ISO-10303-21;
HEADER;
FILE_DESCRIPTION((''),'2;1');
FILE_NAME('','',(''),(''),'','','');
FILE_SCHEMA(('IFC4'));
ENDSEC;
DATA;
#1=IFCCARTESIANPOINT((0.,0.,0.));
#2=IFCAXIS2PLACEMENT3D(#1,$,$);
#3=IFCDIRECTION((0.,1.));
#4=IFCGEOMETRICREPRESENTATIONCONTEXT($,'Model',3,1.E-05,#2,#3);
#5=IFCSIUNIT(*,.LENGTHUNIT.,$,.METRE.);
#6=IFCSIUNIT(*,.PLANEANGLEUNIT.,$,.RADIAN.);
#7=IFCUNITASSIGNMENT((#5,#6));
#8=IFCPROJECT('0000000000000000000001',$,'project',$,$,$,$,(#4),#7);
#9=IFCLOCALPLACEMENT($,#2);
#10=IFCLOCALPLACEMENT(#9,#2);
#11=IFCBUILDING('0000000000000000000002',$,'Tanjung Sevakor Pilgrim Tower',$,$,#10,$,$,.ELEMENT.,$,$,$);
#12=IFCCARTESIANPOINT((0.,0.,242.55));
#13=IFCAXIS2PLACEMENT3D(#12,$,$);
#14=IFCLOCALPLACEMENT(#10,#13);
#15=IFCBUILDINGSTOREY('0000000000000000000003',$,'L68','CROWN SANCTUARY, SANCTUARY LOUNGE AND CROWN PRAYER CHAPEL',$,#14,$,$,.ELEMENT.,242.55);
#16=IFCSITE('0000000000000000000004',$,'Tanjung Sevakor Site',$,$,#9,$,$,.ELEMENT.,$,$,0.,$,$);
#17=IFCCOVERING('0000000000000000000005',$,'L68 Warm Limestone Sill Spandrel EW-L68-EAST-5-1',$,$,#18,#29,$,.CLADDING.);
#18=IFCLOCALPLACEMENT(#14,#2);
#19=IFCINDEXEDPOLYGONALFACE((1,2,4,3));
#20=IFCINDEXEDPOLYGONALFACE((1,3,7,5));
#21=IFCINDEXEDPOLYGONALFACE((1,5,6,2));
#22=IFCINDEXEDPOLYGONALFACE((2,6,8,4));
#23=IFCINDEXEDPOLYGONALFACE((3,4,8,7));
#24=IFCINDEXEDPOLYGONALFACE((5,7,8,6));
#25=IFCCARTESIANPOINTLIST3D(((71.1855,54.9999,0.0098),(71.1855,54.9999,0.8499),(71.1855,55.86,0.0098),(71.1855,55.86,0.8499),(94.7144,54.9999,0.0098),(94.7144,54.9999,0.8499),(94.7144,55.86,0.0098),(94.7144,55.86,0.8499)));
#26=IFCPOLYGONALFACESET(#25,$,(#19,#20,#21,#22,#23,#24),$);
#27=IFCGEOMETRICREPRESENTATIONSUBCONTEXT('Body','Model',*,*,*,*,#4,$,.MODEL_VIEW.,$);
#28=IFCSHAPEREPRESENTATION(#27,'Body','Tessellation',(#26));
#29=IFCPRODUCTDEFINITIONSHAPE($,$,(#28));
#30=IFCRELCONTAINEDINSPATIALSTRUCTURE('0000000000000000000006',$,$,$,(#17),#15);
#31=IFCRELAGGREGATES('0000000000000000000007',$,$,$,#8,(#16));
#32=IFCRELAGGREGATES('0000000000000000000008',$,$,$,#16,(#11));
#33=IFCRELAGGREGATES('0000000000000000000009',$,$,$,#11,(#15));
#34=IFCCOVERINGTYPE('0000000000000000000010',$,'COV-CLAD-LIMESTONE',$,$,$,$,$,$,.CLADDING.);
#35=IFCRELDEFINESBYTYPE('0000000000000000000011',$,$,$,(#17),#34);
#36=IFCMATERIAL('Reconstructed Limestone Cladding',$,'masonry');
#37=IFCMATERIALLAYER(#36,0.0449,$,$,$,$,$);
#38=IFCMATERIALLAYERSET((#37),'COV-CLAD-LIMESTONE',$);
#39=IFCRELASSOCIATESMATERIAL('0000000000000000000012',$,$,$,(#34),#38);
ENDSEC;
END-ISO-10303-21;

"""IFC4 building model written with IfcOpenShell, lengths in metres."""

from ifc_helpers import new_model, si_unit, direction, frame, origin, origin_2d, place, context, subcontext, project, spatial, rectangle, extrude, material, layer, layer_set, type_object, element, save


model = new_model("IFC4")

# Units and contexts
model_context = context("Model", 3, precision=1e-05, world=origin(), true_north=direction((0.0, 1.0)))
body_context = subcontext(model_context, "Body", "Model", "MODEL_VIEW")
ifc_project = project(units=[si_unit("LENGTHUNIT", "METRE"), si_unit("PLANEANGLEUNIT", "RADIAN")], contexts=[model_context])

# Site, building, storey
site_placement = place(None, origin())
site = spatial("IfcSite", under=ifc_project, at=site_placement, Name="Tanjung Sevakor Site", CompositionType="ELEMENT", RefElevation=0.0)
building_placement = place(site_placement, origin())
building = spatial("IfcBuilding", under=site, at=building_placement, Name="Tanjung Sevakor Pilgrim Tower", CompositionType="ELEMENT")
storey_placement = place(building_placement, frame((0.0, 0.0, 242.55)))
storey = spatial("IfcBuildingStorey", under=building, at=storey_placement, Name="L68", Description="CROWN SANCTUARY, SANCTUARY LOUNGE AND CROWN PRAYER CHAPEL", CompositionType="ELEMENT", Elevation=242.55)

# Covering
ifc_material_1 = material(Name="Reconstructed Limestone Cladding", Category="masonry")
ifc_layer_1 = layer(ifc_material_1, 0.0449)
ifc_layer_set_1 = layer_set([ifc_layer_1], Name="COV-CLAD-LIMESTONE")
covering_type = type_object("IfcCoveringType", Name="COV-CLAD-LIMESTONE", PredefinedType="CLADDING", material=ifc_layer_set_1)
covering_placement = place(storey_placement, frame((82.95, 55.4299, 0.0098), z_axis=(0.0, 0.0, 1.0), x_axis=(-1.0, 0.0, 0.0)))
element("IfcCovering", 1, at=covering_placement, inside=storey, type_object=covering_type, Name="L68 Warm Limestone Sill Spandrel EW-L68-EAST-5-1", PredefinedType="CLADDING", context=body_context, shape_type="SweptSolid", body=[
    extrude(rectangle(XDim=23.5288, YDim=0.8601, at=origin_2d()), origin(), (0.0, 0.0, 1.0), 0.8401),
])

save(model, "model.ifc")
